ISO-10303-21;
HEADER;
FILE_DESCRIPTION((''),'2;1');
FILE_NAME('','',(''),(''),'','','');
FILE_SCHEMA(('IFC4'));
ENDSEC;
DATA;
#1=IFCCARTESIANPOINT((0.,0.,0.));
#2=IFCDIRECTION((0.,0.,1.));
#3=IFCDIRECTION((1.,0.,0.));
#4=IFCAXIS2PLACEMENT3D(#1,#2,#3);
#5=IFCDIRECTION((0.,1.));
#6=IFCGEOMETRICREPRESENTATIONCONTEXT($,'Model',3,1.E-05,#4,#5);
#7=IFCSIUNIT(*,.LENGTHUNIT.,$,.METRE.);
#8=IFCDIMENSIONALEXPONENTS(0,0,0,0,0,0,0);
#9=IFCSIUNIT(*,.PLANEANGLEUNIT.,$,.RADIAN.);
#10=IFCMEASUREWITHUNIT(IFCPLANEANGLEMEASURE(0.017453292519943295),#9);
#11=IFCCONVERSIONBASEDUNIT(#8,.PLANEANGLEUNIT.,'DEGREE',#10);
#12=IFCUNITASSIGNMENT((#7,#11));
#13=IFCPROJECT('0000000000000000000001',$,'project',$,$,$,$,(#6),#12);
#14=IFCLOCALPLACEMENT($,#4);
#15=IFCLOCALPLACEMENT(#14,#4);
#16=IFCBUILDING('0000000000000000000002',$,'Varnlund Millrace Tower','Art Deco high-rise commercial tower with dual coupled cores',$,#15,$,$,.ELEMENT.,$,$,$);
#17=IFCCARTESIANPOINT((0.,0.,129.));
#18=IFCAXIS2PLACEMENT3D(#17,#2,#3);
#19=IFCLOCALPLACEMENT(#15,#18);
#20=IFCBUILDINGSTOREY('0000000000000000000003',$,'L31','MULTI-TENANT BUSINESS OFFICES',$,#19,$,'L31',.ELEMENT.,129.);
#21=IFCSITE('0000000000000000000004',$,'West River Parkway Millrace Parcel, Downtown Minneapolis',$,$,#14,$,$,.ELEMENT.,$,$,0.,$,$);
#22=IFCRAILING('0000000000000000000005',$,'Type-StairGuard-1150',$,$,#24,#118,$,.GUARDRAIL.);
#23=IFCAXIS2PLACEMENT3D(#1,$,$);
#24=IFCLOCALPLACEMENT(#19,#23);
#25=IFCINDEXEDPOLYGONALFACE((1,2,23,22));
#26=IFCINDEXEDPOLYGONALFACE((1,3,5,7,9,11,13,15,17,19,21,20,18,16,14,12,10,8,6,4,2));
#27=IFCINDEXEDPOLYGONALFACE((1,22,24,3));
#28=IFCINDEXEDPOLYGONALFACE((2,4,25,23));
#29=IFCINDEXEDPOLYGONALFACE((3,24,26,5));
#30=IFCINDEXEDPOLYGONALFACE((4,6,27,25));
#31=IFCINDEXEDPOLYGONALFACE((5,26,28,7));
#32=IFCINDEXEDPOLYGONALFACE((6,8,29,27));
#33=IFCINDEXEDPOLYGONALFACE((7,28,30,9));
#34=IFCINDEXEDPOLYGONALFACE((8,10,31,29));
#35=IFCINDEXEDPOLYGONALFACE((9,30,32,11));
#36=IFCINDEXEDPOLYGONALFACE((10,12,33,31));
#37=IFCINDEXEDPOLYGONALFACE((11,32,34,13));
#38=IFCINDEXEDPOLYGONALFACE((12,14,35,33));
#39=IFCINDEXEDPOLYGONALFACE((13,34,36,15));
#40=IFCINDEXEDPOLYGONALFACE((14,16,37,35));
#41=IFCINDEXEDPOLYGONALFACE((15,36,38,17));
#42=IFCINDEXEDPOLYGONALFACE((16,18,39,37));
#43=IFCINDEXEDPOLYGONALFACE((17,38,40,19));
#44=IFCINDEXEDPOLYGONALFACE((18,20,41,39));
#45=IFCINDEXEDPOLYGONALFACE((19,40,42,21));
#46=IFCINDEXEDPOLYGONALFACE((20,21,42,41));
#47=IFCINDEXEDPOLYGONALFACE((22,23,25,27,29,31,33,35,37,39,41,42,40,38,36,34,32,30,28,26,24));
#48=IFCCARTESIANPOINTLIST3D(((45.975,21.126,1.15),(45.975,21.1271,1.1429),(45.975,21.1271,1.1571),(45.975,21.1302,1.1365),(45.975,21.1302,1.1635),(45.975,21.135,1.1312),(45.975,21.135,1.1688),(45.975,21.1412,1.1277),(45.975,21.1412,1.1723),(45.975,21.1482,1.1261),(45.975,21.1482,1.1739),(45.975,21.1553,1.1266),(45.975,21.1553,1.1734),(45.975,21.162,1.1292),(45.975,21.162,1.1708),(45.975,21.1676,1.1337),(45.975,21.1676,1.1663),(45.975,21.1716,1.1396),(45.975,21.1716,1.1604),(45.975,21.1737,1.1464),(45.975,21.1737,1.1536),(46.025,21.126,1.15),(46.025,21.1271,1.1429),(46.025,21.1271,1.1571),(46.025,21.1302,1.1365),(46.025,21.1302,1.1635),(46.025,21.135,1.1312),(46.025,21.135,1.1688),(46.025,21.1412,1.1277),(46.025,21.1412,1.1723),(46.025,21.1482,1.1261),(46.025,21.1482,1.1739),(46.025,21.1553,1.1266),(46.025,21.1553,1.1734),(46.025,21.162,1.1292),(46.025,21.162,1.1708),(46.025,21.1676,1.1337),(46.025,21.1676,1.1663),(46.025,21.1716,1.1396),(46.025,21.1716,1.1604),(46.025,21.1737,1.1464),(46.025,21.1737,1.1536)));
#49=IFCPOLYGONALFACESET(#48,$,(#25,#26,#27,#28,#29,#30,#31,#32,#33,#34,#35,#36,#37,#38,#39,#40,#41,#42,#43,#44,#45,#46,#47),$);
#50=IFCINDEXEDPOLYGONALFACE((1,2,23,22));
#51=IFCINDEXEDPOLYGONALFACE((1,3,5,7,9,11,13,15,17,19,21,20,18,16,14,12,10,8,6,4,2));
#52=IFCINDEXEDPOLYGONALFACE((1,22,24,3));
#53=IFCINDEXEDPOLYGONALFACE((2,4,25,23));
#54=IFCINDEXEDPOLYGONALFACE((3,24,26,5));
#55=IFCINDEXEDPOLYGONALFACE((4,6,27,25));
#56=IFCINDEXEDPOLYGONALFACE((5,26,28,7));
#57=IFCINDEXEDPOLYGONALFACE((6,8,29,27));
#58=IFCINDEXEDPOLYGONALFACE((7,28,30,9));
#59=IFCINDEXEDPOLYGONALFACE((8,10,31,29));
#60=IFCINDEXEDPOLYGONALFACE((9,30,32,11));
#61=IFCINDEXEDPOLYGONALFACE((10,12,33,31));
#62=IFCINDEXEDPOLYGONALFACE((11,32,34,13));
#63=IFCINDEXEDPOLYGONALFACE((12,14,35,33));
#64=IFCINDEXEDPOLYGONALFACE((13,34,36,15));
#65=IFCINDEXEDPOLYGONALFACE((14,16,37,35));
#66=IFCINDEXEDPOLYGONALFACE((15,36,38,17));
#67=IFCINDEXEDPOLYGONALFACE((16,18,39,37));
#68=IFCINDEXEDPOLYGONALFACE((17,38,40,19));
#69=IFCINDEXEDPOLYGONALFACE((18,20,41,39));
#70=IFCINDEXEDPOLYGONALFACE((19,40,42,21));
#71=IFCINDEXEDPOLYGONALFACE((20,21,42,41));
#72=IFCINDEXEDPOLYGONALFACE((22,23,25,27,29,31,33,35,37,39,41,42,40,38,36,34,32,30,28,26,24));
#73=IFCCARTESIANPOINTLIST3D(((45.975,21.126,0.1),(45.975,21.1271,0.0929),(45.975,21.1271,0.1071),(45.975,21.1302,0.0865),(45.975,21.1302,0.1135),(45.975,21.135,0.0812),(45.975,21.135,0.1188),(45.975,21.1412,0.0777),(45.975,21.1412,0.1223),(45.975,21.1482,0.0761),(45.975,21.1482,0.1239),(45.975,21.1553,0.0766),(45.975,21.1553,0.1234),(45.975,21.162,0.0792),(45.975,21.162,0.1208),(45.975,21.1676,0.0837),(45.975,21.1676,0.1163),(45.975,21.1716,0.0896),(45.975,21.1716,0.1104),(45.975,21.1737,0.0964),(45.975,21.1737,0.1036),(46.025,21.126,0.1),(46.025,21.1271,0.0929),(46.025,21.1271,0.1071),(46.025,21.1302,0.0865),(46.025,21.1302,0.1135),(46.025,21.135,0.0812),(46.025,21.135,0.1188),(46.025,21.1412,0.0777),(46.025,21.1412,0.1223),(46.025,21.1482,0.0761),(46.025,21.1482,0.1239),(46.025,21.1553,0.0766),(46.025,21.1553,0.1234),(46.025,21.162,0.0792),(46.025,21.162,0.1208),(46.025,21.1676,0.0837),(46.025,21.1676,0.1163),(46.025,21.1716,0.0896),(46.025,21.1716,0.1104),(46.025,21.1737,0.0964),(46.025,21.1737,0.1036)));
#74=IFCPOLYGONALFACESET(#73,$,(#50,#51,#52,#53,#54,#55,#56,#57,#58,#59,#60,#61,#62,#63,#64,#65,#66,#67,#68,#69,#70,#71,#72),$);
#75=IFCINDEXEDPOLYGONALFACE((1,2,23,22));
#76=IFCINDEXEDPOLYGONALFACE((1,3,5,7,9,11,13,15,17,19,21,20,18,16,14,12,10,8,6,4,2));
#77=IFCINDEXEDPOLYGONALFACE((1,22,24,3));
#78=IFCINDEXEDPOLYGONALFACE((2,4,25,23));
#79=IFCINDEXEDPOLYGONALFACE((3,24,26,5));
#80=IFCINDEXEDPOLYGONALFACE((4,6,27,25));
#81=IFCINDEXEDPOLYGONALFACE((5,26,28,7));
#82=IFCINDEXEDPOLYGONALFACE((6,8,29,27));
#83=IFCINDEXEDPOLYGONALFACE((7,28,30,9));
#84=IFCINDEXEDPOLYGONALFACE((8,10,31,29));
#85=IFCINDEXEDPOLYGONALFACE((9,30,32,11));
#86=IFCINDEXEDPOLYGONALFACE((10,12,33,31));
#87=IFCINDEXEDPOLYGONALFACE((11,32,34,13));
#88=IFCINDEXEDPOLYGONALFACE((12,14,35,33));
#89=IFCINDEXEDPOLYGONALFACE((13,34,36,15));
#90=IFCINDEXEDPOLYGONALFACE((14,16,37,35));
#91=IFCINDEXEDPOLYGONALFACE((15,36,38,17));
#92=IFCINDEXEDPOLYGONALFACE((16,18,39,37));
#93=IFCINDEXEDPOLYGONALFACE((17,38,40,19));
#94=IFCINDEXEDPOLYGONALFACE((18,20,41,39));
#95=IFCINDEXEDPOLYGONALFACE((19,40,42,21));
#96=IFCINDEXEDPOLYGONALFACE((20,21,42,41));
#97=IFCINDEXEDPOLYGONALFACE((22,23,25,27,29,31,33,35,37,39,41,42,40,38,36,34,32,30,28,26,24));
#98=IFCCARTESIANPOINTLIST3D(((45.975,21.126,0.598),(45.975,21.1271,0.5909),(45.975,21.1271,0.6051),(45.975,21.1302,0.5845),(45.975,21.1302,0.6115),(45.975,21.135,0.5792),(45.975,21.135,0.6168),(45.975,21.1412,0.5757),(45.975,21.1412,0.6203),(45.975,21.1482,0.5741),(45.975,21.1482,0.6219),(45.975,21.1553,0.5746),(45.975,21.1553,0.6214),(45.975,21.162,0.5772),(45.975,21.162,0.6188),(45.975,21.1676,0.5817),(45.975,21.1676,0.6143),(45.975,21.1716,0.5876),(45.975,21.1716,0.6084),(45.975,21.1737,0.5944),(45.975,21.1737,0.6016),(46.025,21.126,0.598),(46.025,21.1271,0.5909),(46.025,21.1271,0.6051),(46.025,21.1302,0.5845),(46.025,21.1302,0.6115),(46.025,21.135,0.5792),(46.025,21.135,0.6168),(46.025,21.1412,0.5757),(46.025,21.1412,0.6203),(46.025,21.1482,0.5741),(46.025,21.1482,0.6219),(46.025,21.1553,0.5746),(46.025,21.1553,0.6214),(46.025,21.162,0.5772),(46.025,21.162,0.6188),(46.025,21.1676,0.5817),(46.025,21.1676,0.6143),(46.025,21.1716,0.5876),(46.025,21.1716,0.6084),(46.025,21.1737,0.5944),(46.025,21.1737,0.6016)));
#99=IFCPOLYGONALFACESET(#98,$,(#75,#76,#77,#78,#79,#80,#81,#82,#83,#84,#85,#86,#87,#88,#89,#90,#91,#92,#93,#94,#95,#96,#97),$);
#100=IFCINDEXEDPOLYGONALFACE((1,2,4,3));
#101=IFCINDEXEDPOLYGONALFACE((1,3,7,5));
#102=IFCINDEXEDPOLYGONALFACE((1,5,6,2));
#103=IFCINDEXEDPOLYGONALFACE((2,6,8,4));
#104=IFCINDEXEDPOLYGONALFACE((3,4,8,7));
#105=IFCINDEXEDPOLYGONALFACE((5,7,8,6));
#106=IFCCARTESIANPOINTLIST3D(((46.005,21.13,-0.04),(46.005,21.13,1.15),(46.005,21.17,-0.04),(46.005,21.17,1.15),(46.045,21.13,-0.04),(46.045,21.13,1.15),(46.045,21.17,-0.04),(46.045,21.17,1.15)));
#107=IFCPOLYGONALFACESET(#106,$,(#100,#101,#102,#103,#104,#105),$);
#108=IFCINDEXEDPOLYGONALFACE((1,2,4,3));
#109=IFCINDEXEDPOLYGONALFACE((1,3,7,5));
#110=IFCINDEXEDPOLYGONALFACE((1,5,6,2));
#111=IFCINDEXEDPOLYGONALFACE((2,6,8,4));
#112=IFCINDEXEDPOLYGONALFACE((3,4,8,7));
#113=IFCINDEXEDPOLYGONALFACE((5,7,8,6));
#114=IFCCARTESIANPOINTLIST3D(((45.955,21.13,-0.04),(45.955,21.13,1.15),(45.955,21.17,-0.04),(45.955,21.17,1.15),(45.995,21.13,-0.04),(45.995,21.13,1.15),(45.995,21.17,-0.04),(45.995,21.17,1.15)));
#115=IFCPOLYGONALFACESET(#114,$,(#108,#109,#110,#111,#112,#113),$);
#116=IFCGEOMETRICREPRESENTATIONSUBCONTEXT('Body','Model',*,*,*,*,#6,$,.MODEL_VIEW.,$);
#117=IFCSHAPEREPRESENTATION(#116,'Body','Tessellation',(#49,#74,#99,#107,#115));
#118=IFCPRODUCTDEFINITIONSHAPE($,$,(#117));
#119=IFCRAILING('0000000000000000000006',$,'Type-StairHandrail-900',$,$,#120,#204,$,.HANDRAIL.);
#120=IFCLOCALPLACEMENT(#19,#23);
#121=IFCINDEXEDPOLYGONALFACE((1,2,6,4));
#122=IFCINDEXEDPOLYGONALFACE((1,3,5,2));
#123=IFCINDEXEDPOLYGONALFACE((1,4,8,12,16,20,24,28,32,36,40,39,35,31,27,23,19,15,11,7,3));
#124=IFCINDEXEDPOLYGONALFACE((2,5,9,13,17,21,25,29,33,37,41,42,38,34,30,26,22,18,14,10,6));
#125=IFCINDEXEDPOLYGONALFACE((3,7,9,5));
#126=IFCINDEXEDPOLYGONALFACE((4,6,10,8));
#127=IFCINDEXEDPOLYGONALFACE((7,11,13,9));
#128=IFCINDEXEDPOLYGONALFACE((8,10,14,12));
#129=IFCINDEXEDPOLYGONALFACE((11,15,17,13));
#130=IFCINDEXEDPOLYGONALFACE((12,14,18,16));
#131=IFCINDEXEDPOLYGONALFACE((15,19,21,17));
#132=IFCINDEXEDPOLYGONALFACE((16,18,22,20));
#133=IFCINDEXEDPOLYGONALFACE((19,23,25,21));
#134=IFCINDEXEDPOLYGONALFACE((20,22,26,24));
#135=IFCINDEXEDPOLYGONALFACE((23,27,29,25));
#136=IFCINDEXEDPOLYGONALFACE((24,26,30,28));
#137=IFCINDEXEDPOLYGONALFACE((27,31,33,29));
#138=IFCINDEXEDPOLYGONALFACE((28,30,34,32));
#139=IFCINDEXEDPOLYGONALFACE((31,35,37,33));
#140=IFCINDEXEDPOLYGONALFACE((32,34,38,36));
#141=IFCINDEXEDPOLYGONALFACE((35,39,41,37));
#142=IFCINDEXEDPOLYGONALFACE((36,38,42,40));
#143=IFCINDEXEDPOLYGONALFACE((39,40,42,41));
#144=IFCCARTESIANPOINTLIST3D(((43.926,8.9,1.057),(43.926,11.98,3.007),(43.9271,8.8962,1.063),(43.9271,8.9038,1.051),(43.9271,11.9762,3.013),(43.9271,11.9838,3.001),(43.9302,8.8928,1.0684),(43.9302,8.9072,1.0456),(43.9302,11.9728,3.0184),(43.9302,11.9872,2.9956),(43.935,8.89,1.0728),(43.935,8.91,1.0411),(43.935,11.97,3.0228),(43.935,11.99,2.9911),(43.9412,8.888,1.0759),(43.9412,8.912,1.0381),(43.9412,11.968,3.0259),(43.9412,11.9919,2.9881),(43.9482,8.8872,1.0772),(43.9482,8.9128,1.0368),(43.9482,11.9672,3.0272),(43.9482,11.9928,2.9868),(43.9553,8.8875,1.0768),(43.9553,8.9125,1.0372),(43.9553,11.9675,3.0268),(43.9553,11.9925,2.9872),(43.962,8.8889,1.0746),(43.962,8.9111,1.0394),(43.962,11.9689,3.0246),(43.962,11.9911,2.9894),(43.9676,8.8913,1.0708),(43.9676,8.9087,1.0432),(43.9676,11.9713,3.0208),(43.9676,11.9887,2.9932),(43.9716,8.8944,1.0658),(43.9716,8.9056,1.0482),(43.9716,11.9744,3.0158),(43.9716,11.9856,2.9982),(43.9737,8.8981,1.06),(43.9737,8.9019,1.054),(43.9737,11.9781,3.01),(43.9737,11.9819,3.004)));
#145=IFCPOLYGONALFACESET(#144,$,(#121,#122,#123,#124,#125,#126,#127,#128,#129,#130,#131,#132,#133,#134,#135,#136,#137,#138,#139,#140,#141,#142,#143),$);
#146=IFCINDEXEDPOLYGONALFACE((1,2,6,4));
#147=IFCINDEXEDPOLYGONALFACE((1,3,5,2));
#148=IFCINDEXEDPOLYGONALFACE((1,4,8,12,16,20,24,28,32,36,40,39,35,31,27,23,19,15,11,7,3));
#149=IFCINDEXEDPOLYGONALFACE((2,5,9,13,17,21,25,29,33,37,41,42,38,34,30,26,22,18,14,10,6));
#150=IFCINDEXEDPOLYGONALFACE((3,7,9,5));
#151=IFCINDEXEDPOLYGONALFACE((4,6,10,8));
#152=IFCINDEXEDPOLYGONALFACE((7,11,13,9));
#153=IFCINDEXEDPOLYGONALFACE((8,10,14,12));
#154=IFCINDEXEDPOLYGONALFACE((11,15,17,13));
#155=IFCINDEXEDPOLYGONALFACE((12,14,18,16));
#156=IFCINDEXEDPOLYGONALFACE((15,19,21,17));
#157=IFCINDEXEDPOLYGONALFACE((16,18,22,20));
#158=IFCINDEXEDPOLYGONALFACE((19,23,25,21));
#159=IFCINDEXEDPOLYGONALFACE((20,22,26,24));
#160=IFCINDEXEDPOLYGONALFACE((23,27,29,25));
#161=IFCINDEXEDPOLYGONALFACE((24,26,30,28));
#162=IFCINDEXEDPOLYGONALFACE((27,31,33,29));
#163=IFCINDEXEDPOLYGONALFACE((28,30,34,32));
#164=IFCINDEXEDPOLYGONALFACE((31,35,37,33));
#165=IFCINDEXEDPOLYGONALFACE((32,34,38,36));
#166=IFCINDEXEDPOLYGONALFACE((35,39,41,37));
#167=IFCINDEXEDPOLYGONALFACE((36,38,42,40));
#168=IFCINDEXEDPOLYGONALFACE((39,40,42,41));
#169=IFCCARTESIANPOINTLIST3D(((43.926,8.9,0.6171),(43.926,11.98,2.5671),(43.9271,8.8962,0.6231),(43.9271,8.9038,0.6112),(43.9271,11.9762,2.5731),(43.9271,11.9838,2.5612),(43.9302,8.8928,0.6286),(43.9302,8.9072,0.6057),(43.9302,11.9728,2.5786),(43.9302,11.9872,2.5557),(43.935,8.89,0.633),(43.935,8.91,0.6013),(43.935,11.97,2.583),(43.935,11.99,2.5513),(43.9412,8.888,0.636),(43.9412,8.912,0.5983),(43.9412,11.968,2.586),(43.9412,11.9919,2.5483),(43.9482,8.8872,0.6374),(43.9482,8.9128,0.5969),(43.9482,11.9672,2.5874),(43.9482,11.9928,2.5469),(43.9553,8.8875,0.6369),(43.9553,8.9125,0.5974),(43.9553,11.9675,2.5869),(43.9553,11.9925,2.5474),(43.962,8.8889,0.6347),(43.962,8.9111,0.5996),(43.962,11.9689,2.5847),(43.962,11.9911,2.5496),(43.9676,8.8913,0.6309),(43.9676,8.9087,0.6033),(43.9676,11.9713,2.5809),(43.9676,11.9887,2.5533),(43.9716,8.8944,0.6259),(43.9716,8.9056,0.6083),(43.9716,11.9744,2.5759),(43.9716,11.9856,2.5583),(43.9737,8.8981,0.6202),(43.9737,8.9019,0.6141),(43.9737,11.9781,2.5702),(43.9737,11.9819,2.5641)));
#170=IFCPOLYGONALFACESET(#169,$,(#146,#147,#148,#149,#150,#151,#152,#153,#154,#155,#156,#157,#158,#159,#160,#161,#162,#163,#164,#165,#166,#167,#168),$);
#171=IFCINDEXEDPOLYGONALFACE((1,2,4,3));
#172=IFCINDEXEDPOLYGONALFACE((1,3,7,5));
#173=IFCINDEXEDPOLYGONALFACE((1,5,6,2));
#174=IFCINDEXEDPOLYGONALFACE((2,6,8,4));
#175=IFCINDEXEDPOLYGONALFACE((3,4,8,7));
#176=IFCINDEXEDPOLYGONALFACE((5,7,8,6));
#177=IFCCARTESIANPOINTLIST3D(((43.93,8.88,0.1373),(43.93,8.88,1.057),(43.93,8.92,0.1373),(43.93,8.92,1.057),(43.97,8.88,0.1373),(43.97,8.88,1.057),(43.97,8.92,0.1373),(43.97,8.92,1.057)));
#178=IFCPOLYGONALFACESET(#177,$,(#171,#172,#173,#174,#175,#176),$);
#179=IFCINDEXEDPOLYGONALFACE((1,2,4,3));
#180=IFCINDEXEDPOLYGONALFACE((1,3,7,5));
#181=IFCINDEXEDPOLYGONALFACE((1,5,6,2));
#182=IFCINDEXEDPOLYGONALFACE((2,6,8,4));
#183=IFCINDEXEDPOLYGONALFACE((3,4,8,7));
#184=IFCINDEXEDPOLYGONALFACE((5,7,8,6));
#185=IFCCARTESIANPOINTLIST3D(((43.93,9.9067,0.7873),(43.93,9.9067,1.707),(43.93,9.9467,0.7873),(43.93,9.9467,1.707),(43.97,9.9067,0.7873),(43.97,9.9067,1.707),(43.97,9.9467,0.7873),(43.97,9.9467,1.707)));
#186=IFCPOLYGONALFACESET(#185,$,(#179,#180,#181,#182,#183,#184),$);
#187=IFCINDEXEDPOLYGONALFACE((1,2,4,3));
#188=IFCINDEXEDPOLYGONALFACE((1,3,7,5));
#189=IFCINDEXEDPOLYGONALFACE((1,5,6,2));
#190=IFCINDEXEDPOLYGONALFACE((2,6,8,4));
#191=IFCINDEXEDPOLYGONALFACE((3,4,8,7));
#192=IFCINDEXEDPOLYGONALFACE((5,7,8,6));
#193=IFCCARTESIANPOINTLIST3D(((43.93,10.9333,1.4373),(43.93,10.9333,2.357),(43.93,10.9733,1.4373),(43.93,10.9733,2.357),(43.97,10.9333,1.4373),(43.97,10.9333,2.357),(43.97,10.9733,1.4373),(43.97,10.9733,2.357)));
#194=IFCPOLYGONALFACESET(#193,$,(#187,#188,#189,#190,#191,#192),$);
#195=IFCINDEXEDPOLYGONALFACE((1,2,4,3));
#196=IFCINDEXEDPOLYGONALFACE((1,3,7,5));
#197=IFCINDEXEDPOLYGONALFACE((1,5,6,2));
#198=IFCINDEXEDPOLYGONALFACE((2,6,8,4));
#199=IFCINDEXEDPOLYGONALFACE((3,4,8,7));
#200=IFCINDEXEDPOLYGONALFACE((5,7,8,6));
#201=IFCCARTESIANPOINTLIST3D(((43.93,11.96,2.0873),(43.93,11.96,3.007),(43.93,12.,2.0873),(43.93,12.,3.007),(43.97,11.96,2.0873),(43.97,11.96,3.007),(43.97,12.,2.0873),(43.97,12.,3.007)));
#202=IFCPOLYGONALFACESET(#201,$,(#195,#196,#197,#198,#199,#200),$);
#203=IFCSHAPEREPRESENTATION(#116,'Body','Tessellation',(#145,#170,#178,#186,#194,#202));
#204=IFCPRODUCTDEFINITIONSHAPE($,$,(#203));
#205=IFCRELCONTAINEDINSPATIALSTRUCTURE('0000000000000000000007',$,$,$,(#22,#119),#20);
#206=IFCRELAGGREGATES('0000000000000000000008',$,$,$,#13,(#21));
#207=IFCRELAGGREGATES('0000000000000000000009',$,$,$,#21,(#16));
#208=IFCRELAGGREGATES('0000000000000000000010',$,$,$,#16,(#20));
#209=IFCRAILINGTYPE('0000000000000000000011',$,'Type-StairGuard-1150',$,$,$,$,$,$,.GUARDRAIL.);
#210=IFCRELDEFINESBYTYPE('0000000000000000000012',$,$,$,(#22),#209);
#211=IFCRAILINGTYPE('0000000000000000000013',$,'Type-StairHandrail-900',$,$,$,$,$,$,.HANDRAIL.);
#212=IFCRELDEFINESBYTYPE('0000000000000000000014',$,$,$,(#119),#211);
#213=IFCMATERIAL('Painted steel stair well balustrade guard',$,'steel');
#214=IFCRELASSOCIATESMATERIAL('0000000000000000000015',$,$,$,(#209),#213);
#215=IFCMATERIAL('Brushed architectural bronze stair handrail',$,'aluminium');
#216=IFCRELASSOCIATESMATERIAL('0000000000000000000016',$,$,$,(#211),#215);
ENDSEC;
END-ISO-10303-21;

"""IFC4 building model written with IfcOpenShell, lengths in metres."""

from ifc_helpers import new_model, entity, si_unit, converted_unit, direction, frame, origin_with_axes, origin_2d_with_axis, place, context, subcontext, project, spatial, rectangle, circle, extrude, material, type_object, element, save


model = new_model("IFC4")

# Units and contexts
model_context = context("Model", 3, precision=1e-05, world=origin_with_axes(), true_north=direction((0.0, 1.0)))
body_context = subcontext(model_context, "Body", "Model", "MODEL_VIEW")
ifc_project = project(units=[si_unit("LENGTHUNIT", "METRE"), converted_unit("PLANEANGLEUNIT", "DEGREE", entity("IfcPlaneAngleMeasure", 0.017453292519943295), si_unit("PLANEANGLEUNIT", "RADIAN"), dimensions=[0, 0, 0, 0, 0, 0, 0])], contexts=[model_context])

# Site, building, storey
site_placement = place(None, origin_with_axes())
site = spatial("IfcSite", under=ifc_project, at=site_placement, Name="West River Parkway Millrace Parcel, Downtown Minneapolis", CompositionType="ELEMENT", RefElevation=0.0)
building_placement = place(site_placement, origin_with_axes())
building = spatial("IfcBuilding", under=site, at=building_placement, Name="Varnlund Millrace Tower", Description="Art Deco high-rise commercial tower with dual coupled cores", CompositionType="ELEMENT")
storey_placement = place(building_placement, frame((0.0, 0.0, 129.0), z_axis=(0.0, 0.0, 1.0), x_axis=(1.0, 0.0, 0.0)))
storey = spatial("IfcBuildingStorey", under=building, at=storey_placement, Name="L31", Description="MULTI-TENANT BUSINESS OFFICES", LongName="L31", CompositionType="ELEMENT", Elevation=129.0)

# Railings
ifc_material_1 = material(Name="Painted steel stair well balustrade guard", Category="steel")
railing_type_1 = type_object("IfcRailingType", Name="Type-StairGuard-1150", PredefinedType="GUARDRAIL", material=ifc_material_1)
railing_1_placement = place(storey_placement, frame((0.0, 0.0, -129.0), z_axis=(0.0, 0.0, 1.0), x_axis=(1.0, 0.0, 0.0)))
element("IfcRailing", 1, at=railing_1_placement, inside=storey, type_object=railing_type_1, Name="Type-StairGuard-1150", PredefinedType="GUARDRAIL", context=body_context, shape_type="SweptSolid", body=[
    extrude(circle(Radius=0.024, at=origin_2d_with_axis()), frame((46.025, 21.15, 130.15), z_axis=(-1.0, 0.0, 0.0), x_axis=(0.0, -1.0, 0.0)), (0.0, 0.0, 1.0), 0.05),
    extrude(circle(Radius=0.024, at=origin_2d_with_axis()), frame((46.025, 21.15, 129.1), z_axis=(-1.0, 0.0, 0.0), x_axis=(0.0, -1.0, 0.0)), (0.0, 0.0, 1.0), 0.05),
    extrude(circle(Radius=0.024, at=origin_2d_with_axis()), frame((46.025, 21.15, 129.598), z_axis=(-1.0, 0.0, 0.0), x_axis=(0.0, -1.0, 0.0)), (0.0, 0.0, 1.0), 0.05),
    extrude(rectangle(XDim=0.04, YDim=0.04, at=origin_2d_with_axis()), frame((46.025, 21.15, 128.96), z_axis=(0.0, 0.0, 1.0), x_axis=(1.0, 0.0, 0.0)), (0.0, 0.0, 1.0), 1.19),
    extrude(rectangle(XDim=0.04, YDim=0.04, at=origin_2d_with_axis()), frame((45.975, 21.15, 128.96), z_axis=(0.0, 0.0, 1.0), x_axis=(1.0, 0.0, 0.0)), (0.0, 0.0, 1.0), 1.19),
])
ifc_material_2 = material(Name="Brushed architectural bronze stair handrail", Category="aluminium")
railing_type_2 = type_object("IfcRailingType", Name="Type-StairHandrail-900", PredefinedType="HANDRAIL", material=ifc_material_2)
railing_2_placement = place(storey_placement, frame((0.0, 0.0, -129.0), z_axis=(0.0, 0.0, 1.0), x_axis=(1.0, 0.0, 0.0)))
element("IfcRailing", 2, at=railing_2_placement, inside=storey, type_object=railing_type_2, Name="Type-StairHandrail-900", PredefinedType="HANDRAIL", context=body_context, shape_type="SweptSolid", body=[
    extrude(circle(Radius=0.024, at=origin_2d_with_axis()), frame((43.95, 8.9, 130.057), z_axis=(0.0, 0.844902, 0.534922), x_axis=(-1.0, 0.0, 0.0)), (0.0, 0.0, 1.0), 3.6454),
    extrude(circle(Radius=0.024, at=origin_2d_with_axis()), frame((43.95, 8.9, 129.6171), z_axis=(0.0, 0.844902, 0.534922), x_axis=(-1.0, 0.0, 0.0)), (0.0, 0.0, 1.0), 3.6454),
    extrude(rectangle(XDim=0.04, YDim=0.04, at=origin_2d_with_axis()), frame((43.95, 8.9, 129.1373), z_axis=(0.0, 0.0, 1.0), x_axis=(1.0, 0.0, 0.0)), (0.0, 0.0, 1.0), 0.9197),
    extrude(rectangle(XDim=0.04, YDim=0.04, at=origin_2d_with_axis()), frame((43.95, 9.9267, 129.7873), z_axis=(0.0, 0.0, 1.0), x_axis=(1.0, 0.0, 0.0)), (0.0, 0.0, 1.0), 0.9197),
    extrude(rectangle(XDim=0.04, YDim=0.04, at=origin_2d_with_axis()), frame((43.95, 10.9533, 130.4373), z_axis=(0.0, 0.0, 1.0), x_axis=(1.0, 0.0, 0.0)), (0.0, 0.0, 1.0), 0.9197),
    extrude(rectangle(XDim=0.04, YDim=0.04, at=origin_2d_with_axis()), frame((43.95, 11.98, 131.0873), z_axis=(0.0, 0.0, 1.0), x_axis=(1.0, 0.0, 0.0)), (0.0, 0.0, 1.0), 0.9197),
])

save(model, "model.ifc")
